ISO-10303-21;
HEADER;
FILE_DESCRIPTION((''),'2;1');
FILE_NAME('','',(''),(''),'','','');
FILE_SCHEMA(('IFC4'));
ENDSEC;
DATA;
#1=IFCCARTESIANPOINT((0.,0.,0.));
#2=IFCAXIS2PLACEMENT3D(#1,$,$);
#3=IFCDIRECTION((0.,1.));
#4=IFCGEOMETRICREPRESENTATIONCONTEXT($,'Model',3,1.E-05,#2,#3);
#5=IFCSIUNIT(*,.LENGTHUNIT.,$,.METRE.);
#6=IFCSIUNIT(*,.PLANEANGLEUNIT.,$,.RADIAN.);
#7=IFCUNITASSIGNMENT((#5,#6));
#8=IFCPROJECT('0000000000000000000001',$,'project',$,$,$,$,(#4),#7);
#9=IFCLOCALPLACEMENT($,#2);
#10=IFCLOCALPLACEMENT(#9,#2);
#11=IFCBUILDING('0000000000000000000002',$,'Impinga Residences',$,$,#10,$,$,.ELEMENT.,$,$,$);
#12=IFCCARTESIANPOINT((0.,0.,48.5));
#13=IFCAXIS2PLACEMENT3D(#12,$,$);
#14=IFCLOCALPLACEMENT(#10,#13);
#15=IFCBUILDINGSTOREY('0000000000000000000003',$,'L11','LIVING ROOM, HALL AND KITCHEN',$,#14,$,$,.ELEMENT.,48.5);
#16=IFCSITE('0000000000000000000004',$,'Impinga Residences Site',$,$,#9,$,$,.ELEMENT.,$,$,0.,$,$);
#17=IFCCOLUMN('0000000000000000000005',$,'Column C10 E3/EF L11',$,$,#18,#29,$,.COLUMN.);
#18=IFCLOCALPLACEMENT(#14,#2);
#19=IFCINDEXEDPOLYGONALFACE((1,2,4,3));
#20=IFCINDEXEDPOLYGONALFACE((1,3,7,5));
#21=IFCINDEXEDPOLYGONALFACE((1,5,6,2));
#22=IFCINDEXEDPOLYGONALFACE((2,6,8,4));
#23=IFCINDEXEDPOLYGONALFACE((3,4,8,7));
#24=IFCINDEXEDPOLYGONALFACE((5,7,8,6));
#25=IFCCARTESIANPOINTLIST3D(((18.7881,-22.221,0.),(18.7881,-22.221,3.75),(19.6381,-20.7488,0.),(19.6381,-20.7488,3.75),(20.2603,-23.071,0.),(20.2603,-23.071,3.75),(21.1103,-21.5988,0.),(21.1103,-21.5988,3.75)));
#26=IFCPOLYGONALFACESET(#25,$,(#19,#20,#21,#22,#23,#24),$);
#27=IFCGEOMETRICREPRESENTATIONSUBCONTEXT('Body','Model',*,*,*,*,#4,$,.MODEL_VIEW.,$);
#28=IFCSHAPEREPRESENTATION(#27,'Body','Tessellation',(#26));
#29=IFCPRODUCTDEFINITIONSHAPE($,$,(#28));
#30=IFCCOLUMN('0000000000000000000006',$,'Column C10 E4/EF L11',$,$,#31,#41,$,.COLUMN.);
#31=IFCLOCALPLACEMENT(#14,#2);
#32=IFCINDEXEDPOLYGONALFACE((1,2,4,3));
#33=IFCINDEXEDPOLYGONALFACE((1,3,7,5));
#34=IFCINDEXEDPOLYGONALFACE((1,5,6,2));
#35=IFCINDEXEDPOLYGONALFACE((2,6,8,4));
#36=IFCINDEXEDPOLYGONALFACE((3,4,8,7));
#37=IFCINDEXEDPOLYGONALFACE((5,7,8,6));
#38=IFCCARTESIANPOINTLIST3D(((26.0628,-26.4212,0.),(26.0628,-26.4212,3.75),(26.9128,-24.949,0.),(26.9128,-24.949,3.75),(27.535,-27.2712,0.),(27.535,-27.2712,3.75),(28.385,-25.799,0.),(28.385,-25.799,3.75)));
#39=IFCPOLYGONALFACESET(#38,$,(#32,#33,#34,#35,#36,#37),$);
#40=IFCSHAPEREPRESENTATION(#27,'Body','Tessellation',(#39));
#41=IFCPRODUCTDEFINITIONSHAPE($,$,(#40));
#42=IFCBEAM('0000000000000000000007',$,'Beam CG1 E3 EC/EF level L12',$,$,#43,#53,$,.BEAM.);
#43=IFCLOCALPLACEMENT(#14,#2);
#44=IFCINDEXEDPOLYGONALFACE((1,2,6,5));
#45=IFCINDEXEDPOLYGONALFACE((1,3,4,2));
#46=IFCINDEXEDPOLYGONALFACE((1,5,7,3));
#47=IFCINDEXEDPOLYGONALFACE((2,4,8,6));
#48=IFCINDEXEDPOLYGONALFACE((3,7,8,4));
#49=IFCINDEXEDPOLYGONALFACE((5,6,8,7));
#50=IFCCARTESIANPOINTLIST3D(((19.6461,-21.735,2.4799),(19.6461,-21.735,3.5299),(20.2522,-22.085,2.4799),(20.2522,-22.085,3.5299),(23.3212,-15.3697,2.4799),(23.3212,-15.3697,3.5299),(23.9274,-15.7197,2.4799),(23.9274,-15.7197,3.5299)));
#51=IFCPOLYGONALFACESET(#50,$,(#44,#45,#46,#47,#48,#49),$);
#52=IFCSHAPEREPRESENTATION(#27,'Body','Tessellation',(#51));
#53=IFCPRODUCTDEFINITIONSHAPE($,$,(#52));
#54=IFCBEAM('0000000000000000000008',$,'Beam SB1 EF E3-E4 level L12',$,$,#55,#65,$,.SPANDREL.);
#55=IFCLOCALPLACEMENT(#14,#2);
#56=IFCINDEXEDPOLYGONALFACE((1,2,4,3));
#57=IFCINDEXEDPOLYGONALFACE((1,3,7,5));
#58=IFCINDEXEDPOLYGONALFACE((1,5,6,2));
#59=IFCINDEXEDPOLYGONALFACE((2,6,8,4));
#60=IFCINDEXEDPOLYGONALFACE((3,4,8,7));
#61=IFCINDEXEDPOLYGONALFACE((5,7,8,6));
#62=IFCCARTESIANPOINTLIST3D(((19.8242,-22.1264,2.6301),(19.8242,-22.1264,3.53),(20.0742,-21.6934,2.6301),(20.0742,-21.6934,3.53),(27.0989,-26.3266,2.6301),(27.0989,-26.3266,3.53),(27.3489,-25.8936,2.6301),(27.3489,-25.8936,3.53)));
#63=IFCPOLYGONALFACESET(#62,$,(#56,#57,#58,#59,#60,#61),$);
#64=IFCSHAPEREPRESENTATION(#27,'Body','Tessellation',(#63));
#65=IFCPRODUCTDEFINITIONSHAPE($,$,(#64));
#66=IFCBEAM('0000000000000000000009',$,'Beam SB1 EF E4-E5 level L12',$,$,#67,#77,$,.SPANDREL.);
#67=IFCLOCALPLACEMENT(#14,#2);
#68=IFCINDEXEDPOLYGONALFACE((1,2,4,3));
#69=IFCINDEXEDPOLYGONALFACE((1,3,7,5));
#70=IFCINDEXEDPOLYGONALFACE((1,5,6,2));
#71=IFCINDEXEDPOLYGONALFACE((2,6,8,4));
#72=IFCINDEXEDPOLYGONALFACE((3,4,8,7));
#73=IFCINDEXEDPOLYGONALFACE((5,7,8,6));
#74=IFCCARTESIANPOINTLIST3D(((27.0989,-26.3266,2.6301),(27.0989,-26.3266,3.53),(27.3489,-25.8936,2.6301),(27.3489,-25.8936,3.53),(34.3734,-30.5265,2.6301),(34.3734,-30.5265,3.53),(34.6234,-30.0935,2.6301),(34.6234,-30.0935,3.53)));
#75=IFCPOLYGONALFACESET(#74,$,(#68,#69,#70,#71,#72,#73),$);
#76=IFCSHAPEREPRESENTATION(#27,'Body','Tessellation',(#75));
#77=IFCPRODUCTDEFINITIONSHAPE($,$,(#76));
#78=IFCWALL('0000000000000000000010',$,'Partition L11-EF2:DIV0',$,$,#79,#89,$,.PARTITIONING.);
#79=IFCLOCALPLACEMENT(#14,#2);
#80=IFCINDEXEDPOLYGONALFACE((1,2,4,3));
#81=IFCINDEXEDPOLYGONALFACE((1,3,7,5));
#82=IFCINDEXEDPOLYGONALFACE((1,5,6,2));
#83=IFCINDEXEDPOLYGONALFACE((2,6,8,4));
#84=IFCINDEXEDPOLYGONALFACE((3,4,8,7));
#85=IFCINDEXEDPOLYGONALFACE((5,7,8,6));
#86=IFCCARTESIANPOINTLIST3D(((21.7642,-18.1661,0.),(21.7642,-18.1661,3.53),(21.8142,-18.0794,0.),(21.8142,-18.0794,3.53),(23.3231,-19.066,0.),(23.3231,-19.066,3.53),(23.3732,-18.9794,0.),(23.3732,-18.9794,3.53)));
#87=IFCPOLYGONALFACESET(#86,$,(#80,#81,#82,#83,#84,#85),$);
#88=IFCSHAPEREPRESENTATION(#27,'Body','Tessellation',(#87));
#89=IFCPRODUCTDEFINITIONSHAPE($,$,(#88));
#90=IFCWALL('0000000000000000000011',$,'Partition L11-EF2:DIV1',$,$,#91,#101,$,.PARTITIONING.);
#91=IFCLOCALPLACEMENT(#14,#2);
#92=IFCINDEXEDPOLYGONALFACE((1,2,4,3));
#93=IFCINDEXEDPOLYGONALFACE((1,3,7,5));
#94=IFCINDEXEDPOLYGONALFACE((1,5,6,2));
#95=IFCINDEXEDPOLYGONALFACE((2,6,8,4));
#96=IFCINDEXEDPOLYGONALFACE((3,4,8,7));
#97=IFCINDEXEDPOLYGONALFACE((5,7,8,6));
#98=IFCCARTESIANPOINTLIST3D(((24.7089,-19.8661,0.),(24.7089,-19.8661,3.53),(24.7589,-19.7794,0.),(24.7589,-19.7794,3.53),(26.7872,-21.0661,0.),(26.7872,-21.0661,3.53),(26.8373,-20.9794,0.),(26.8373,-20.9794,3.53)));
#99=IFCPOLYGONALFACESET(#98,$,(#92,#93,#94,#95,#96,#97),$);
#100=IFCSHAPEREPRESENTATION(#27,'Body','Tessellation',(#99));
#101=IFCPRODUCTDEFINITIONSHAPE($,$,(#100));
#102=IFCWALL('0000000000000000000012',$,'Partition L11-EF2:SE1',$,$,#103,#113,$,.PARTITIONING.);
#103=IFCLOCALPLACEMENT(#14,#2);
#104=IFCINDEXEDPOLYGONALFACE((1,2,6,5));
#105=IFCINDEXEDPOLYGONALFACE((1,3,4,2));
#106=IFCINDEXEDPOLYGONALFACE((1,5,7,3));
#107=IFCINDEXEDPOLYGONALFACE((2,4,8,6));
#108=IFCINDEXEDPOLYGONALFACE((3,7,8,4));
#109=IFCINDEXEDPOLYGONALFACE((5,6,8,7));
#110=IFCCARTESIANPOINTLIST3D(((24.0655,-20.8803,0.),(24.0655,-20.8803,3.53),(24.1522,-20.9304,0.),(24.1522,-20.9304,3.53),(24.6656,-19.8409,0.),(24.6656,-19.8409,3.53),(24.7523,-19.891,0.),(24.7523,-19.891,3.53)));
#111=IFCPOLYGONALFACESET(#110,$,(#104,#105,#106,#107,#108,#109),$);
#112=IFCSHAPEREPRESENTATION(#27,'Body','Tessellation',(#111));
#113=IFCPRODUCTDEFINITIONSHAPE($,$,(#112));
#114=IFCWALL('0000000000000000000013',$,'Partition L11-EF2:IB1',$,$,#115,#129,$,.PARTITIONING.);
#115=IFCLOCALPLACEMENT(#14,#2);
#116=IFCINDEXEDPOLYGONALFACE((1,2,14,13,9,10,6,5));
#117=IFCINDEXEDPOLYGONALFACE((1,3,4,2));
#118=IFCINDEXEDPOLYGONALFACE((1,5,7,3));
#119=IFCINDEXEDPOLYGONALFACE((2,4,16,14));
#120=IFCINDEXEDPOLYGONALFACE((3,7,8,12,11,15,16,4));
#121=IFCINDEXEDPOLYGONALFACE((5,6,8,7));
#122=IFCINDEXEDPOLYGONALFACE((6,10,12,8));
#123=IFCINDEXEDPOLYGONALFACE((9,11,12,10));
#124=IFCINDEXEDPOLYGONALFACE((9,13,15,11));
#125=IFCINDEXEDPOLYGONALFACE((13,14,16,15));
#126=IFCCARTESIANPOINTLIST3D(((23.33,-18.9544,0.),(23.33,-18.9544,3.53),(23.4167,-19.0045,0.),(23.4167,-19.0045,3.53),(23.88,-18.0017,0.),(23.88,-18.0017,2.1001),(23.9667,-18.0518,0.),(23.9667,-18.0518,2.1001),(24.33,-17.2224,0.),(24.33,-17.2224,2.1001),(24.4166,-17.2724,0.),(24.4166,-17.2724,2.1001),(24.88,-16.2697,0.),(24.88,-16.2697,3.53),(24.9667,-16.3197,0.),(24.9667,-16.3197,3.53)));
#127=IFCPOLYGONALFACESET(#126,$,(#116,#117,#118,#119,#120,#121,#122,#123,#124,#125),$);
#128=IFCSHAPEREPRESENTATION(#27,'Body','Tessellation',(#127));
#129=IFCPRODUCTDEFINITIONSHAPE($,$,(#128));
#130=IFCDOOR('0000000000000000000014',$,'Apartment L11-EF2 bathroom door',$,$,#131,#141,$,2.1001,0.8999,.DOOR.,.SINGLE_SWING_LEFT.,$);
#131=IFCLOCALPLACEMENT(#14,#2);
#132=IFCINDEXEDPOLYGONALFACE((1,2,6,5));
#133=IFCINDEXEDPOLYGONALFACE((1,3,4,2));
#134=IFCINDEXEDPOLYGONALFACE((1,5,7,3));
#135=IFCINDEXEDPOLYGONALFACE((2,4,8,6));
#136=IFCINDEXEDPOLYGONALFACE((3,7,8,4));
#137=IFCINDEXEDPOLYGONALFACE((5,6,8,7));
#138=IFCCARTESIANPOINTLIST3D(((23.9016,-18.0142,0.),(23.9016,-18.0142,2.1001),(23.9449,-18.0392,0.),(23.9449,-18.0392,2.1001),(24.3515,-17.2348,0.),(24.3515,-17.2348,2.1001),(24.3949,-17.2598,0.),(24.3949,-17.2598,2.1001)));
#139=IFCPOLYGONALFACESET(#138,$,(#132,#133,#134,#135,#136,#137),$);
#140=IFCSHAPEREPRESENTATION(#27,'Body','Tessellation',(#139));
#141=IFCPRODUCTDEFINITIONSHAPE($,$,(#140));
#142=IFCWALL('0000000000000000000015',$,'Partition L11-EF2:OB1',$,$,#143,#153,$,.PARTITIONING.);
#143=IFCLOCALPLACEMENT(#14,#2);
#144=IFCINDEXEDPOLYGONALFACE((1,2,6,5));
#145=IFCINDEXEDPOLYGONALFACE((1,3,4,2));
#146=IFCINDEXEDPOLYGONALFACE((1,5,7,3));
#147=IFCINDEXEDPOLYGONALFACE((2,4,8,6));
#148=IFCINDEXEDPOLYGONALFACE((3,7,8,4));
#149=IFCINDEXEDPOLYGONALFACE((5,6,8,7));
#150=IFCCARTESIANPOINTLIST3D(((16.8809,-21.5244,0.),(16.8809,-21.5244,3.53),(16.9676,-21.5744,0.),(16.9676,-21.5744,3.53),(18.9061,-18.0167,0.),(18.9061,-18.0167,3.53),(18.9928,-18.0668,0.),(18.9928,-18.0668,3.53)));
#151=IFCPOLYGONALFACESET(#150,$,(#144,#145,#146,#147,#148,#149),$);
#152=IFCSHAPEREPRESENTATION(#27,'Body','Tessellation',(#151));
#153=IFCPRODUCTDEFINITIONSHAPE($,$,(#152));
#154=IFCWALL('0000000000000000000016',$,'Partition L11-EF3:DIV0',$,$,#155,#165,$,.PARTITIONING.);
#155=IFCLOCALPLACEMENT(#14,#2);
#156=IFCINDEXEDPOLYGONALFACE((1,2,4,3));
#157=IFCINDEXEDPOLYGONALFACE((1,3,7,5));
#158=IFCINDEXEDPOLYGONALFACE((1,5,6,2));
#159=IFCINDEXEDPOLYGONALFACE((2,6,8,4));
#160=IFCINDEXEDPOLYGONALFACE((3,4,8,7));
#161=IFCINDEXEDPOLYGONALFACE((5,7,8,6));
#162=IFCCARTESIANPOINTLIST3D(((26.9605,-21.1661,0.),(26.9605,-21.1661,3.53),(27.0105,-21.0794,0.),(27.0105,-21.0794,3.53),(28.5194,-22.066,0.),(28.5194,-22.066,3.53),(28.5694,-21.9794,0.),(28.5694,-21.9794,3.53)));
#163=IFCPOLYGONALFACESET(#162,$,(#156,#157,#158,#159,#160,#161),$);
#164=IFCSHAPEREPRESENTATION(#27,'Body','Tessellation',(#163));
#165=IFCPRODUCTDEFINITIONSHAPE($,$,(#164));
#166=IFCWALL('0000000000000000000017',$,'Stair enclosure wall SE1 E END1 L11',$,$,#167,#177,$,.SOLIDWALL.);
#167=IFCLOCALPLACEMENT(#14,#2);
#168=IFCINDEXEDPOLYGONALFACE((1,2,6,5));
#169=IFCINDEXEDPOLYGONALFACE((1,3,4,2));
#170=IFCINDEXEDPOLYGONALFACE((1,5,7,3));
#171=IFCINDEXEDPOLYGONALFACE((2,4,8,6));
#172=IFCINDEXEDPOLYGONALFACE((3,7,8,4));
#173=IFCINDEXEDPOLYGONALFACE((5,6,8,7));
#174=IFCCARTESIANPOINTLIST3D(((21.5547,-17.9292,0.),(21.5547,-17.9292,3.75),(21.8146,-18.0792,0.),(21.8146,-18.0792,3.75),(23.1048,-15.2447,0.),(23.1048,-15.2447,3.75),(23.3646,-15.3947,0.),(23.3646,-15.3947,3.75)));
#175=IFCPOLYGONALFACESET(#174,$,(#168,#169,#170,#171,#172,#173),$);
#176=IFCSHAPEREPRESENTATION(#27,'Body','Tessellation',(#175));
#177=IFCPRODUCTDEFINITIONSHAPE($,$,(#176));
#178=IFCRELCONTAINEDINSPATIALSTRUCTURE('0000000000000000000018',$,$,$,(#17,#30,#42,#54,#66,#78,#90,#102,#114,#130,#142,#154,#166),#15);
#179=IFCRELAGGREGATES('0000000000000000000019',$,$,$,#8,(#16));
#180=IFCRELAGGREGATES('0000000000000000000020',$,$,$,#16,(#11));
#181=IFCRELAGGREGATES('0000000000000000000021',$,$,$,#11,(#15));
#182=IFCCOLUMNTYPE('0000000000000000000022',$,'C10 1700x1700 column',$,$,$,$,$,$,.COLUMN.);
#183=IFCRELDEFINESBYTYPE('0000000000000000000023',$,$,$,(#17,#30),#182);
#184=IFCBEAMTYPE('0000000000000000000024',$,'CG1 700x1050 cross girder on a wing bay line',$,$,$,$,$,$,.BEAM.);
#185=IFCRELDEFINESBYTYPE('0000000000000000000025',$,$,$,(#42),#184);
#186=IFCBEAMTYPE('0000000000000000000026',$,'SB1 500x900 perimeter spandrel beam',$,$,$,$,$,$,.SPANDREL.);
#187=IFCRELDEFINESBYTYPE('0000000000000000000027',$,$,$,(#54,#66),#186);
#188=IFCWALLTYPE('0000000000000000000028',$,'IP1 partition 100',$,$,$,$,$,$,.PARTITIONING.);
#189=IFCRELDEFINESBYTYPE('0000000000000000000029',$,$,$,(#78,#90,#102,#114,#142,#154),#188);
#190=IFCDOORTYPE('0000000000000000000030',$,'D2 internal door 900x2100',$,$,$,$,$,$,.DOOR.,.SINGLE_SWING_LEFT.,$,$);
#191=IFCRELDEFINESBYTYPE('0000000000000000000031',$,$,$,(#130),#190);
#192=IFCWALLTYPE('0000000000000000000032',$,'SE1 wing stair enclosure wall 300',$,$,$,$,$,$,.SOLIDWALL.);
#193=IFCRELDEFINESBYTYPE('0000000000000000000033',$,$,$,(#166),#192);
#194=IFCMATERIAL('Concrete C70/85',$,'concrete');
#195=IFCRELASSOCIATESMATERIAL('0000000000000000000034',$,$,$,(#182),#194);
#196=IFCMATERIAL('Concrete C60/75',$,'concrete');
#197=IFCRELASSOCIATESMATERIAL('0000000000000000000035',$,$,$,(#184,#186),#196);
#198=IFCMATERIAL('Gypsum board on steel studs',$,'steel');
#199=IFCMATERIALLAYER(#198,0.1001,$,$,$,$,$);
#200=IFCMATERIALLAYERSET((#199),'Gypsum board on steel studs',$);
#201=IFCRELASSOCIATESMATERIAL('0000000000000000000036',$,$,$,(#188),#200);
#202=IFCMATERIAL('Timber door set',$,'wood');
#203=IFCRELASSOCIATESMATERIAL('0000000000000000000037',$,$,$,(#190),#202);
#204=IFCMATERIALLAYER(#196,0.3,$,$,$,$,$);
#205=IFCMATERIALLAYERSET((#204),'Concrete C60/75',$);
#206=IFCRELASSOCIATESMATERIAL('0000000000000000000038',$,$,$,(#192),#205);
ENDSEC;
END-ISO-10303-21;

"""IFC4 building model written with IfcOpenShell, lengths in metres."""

from ifc_helpers import new_model, si_unit, direction, frame, frame_2d, origin, origin_2d, place, context, subcontext, project, spatial, rectangle, extrude, material, layer, layer_set, material_profile, profile_set, type_object, element, fill, save


model = new_model("IFC4")

# Units and contexts
model_context = context("Model", 3, precision=1e-05, world=origin(), true_north=direction((0.0, 1.0)))
body_context = subcontext(model_context, "Body", "Model", "MODEL_VIEW")
ifc_project = project(units=[si_unit("LENGTHUNIT", "METRE"), si_unit("PLANEANGLEUNIT", "RADIAN")], contexts=[model_context])

# Site, building, storey
site_placement = place(None, origin())
site = spatial("IfcSite", under=ifc_project, at=site_placement, Name="Impinga Residences Site", CompositionType="ELEMENT", RefElevation=0.0)
building_placement = place(site_placement, origin())
building = spatial("IfcBuilding", under=site, at=building_placement, Name="Impinga Residences", CompositionType="ELEMENT")
storey_placement = place(building_placement, frame((0.0, 0.0, 48.5)))
storey = spatial("IfcBuildingStorey", under=building, at=storey_placement, Name="L11", Description="LIVING ROOM, HALL AND KITCHEN", CompositionType="ELEMENT", Elevation=48.5)

# Columns
ifc_material_1 = material(Name="Concrete C70/85", Category="concrete")
ifc_material_profile_1 = material_profile(ifc_material_1, rectangle(XDim=1.7, YDim=1.7, at=origin_2d()), Name="RC 1700x1700")
ifc_profile_set_1 = profile_set([ifc_material_profile_1], Name="Concrete C70/85")
column_type = type_object("IfcColumnType", Name="C10 1700x1700 column", PredefinedType="COLUMN", material=ifc_profile_set_1)
for number, where, z_axis, x_axis, name in (
    (1, (19.9492, -21.9099, 0.0), (0.0, 0.0, 1.0), (-0.5, -0.866025, 0.0), "Column C10 E3/EF L11"),
    (2, (27.2239, -26.1101, 0.0), (0.0, 0.0, 1.0), (-0.5, -0.866025, 0.0), "Column C10 E4/EF L11"),
):
    element("IfcColumn", number, at=place(storey_placement, frame(where, z_axis=z_axis, x_axis=x_axis)), inside=storey, type_object=column_type, Name=name, PredefinedType="COLUMN", context=body_context, shape_type="SweptSolid", body=[
        extrude(rectangle(XDim=1.7, YDim=1.7, at=origin_2d()), origin(), (0.0, 0.0, 1.0), 3.75),
    ])

# Beams
ifc_material_2 = material(Name="Concrete C60/75", Category="concrete")
ifc_material_profile_2 = material_profile(ifc_material_2, rectangle(XDim=0.7, YDim=1.05, at=origin_2d()), Name="RC 700x1050")
ifc_profile_set_2 = profile_set([ifc_material_profile_2], Name="Concrete C60/75")
beam_type_1 = type_object("IfcBeamType", Name="CG1 700x1050 cross girder on a wing bay line", PredefinedType="BEAM", material=ifc_profile_set_2)
beam_1_placement = place(storey_placement, frame((23.6243, -15.5447, 3.0049), z_axis=(-0.500008, -0.866021, 0.0), x_axis=(0.866021, -0.500008, 0.0)))
element("IfcBeam", 3, at=beam_1_placement, inside=storey, type_object=beam_type_1, Name="Beam CG1 E3 EC/EF level L12", PredefinedType="BEAM", context=body_context, shape_type="SweptSolid", body=[
    extrude(rectangle(XDim=0.7, YDim=1.05, at=origin_2d()), origin(), (0.0, 0.0, 1.0), 7.3501),
])
ifc_material_profile_3 = material_profile(ifc_material_2, rectangle(XDim=0.5, YDim=0.8999, at=origin_2d()), Name="RC 500x900")
ifc_profile_set_3 = profile_set([ifc_material_profile_3], Name="Concrete C60/75")
beam_type_2 = type_object("IfcBeamType", Name="SB1 500x900 perimeter spandrel beam", PredefinedType="SPANDREL", material=ifc_profile_set_3)
beam_2_placement = place(storey_placement, frame((19.9492, -21.9099, 3.0801), z_axis=(0.866017, -0.500015, 0.0), x_axis=(0.500015, 0.866017, 0.0)))
element("IfcBeam", 4, at=beam_2_placement, inside=storey, type_object=beam_type_2, Name="Beam SB1 EF E3-E4 level L12", PredefinedType="SPANDREL", context=body_context, shape_type="SweptSolid", body=[
    extrude(rectangle(XDim=0.5, YDim=0.8999, at=origin_2d()), origin(), (0.0, 0.0, 1.0), 8.4001),
])
beam_3_placement = place(storey_placement, frame((27.2239, -26.1101, 3.0801), z_axis=(0.866029, -0.499993, 0.0), x_axis=(0.499993, 0.866029, 0.0)))
element("IfcBeam", 5, at=beam_3_placement, inside=storey, type_object=beam_type_2, Name="Beam SB1 EF E4-E5 level L12", PredefinedType="SPANDREL", context=body_context, shape_type="SweptSolid", body=[
    extrude(rectangle(XDim=0.5, YDim=0.8999, at=origin_2d()), origin(), (0.0, 0.0, 1.0), 8.3999),
])

# Walls
ifc_material_3 = material(Name="Gypsum board on steel studs", Category="steel")
ifc_layer_1 = layer(ifc_material_3, 0.1001)
ifc_layer_set_1 = layer_set([ifc_layer_1], Name="Gypsum board on steel studs")
wall_type_1 = type_object("IfcWallType", Name="IP1 partition 100", PredefinedType="PARTITIONING", material=ifc_layer_set_1)
wall_1_placement = place(storey_placement, frame((21.7893, -18.1228, 0.0), z_axis=(0.0, 0.0, 1.0), x_axis=(0.866048, -0.499961, 0.0)))
element("IfcWall", 6, at=wall_1_placement, inside=storey, type_object=wall_type_1, Name="Partition L11-EF2:DIV0", PredefinedType="PARTITIONING", context=body_context, shape_type="SweptSolid", body=[
    extrude(rectangle(XDim=1.8, YDim=0.1001, at=frame_2d((0.8999, 0.0))), origin(), (0.0, 0.0, 1.0), 3.53),
])
wall_2_placement = place(storey_placement, frame((24.7339, -19.8228, 0.0), z_axis=(0.0, 0.0, 1.0), x_axis=(0.866025, -0.500001, 0.0)))
element("IfcWall", 7, at=wall_2_placement, inside=storey, type_object=wall_type_1, Name="Partition L11-EF2:DIV1", PredefinedType="PARTITIONING", context=body_context, shape_type="SweptSolid", body=[
    extrude(rectangle(XDim=2.3999, YDim=0.1001, at=frame_2d((1.2, 0.0))), origin(), (0.0, 0.0, 1.0), 3.53),
])
wall_3_placement = place(storey_placement, frame((24.709, -19.866, 0.0), z_axis=(0.0, 0.0, 1.0), x_axis=(-0.500034, -0.866006, 0.0)))
element("IfcWall", 8, at=wall_3_placement, inside=storey, type_object=wall_type_1, Name="Partition L11-EF2:SE1", PredefinedType="PARTITIONING", context=body_context, shape_type="SweptSolid", body=[
    extrude(rectangle(XDim=1.2002, YDim=0.1001, at=frame_2d((0.6001, 0.0))), origin(), (0.0, 0.0, 1.0), 3.53),
])

# Wall, opening, door
wall_4_placement = place(storey_placement, frame((24.9233, -16.2947, 0.0), z_axis=(0.0, 0.0, 1.0), x_axis=(-0.499993, -0.86603, 0.0)))
wall_4 = element("IfcWall", 9, at=wall_4_placement, inside=storey, type_object=wall_type_1, Name="Partition L11-EF2:IB1", PredefinedType="PARTITIONING", context=body_context, shape_type="SweptSolid", body=[
    extrude(rectangle(XDim=3.1001, YDim=0.1001, at=frame_2d((1.55, 0.0))), origin(), (0.0, 0.0, 1.0), 3.53),
])
opening_placement = place(wall_4_placement, frame((1.1001, 0.0, 0.0)))
opening = element("IfcOpeningElement", 10, at=opening_placement, cuts=wall_4, PredefinedType="OPENING", context=body_context, shape_type="SweptSolid", body=[
    extrude(rectangle(XDim=0.8999, YDim=2.1001, at=frame_2d((0.45, 1.05))), frame((0.0, 0.0601, 0.0), z_axis=(0.0, -1.0, 0.0), x_axis=(1.0, 0.0, 0.0)), (0.0, 0.0, 1.0), 0.1201),
])
ifc_material_4 = material(Name="Timber door set", Category="wood")
door_type = type_object("IfcDoorType", Name="D2 internal door 900x2100", OperationType="SINGLE_SWING_LEFT", PredefinedType="DOOR", material=ifc_material_4)
door_placement = place(opening_placement, origin())
door = element("IfcDoor", 11, at=door_placement, inside=storey, type_object=door_type, Name="Apartment L11-EF2 bathroom door", OperationType="SINGLE_SWING_LEFT", OverallHeight=2.1001, OverallWidth=0.8999, PredefinedType="DOOR", context=body_context, shape_type="SweptSolid", body=[
    extrude(rectangle(XDim=0.8999, YDim=2.1001, at=frame_2d((0.45, 1.05))), frame((0.0, 0.0249, 0.0), z_axis=(0.0, -1.0, 0.0), x_axis=(1.0, 0.0, 0.0)), (0.0, 0.0, 1.0), 0.05),
])
fill(opening, door)

# Walls
wall_5_placement = place(storey_placement, frame((18.9495, -18.0417, 0.0), z_axis=(0.0, 0.0, 1.0), x_axis=(-0.500009, -0.86602, 0.0)))
element("IfcWall", 12, at=wall_5_placement, inside=storey, type_object=wall_type_1, Name="Partition L11-EF2:OB1", PredefinedType="PARTITIONING", context=body_context, shape_type="SweptSolid", body=[
    extrude(rectangle(XDim=4.0503, YDim=0.1001, at=frame_2d((2.0251, 0.0))), origin(), (0.0, 0.0, 1.0), 3.53),
])
wall_6_placement = place(storey_placement, frame((26.9856, -21.1228, 0.0), z_axis=(0.0, 0.0, 1.0), x_axis=(0.866048, -0.499961, 0.0)))
element("IfcWall", 13, at=wall_6_placement, inside=storey, type_object=wall_type_1, Name="Partition L11-EF3:DIV0", PredefinedType="PARTITIONING", context=body_context, shape_type="SweptSolid", body=[
    extrude(rectangle(XDim=1.8, YDim=0.1001, at=frame_2d((0.8999, 0.0))), origin(), (0.0, 0.0, 1.0), 3.53),
])
ifc_layer_2 = layer(ifc_material_2, 0.3)
ifc_layer_set_2 = layer_set([ifc_layer_2], Name="Concrete C60/75")
wall_type_2 = type_object("IfcWallType", Name="SE1 wing stair enclosure wall 300", PredefinedType="SOLIDWALL", material=ifc_layer_set_2)
wall_7_placement = place(storey_placement, frame((23.2346, -15.3198, 0.0), z_axis=(0.0, 0.0, 1.0), x_axis=(-0.500027, -0.86601, 0.0)))
element("IfcWall", 14, at=wall_7_placement, inside=storey, type_object=wall_type_2, Name="Stair enclosure wall SE1 E END1 L11", PredefinedType="SOLIDWALL", context=body_context, shape_type="SweptSolid", body=[
    extrude(rectangle(XDim=3.0999, YDim=0.3, at=frame_2d((1.5498, 0.0))), origin(), (0.0, 0.0, 1.0), 3.75),
])

save(model, "model.ifc")
